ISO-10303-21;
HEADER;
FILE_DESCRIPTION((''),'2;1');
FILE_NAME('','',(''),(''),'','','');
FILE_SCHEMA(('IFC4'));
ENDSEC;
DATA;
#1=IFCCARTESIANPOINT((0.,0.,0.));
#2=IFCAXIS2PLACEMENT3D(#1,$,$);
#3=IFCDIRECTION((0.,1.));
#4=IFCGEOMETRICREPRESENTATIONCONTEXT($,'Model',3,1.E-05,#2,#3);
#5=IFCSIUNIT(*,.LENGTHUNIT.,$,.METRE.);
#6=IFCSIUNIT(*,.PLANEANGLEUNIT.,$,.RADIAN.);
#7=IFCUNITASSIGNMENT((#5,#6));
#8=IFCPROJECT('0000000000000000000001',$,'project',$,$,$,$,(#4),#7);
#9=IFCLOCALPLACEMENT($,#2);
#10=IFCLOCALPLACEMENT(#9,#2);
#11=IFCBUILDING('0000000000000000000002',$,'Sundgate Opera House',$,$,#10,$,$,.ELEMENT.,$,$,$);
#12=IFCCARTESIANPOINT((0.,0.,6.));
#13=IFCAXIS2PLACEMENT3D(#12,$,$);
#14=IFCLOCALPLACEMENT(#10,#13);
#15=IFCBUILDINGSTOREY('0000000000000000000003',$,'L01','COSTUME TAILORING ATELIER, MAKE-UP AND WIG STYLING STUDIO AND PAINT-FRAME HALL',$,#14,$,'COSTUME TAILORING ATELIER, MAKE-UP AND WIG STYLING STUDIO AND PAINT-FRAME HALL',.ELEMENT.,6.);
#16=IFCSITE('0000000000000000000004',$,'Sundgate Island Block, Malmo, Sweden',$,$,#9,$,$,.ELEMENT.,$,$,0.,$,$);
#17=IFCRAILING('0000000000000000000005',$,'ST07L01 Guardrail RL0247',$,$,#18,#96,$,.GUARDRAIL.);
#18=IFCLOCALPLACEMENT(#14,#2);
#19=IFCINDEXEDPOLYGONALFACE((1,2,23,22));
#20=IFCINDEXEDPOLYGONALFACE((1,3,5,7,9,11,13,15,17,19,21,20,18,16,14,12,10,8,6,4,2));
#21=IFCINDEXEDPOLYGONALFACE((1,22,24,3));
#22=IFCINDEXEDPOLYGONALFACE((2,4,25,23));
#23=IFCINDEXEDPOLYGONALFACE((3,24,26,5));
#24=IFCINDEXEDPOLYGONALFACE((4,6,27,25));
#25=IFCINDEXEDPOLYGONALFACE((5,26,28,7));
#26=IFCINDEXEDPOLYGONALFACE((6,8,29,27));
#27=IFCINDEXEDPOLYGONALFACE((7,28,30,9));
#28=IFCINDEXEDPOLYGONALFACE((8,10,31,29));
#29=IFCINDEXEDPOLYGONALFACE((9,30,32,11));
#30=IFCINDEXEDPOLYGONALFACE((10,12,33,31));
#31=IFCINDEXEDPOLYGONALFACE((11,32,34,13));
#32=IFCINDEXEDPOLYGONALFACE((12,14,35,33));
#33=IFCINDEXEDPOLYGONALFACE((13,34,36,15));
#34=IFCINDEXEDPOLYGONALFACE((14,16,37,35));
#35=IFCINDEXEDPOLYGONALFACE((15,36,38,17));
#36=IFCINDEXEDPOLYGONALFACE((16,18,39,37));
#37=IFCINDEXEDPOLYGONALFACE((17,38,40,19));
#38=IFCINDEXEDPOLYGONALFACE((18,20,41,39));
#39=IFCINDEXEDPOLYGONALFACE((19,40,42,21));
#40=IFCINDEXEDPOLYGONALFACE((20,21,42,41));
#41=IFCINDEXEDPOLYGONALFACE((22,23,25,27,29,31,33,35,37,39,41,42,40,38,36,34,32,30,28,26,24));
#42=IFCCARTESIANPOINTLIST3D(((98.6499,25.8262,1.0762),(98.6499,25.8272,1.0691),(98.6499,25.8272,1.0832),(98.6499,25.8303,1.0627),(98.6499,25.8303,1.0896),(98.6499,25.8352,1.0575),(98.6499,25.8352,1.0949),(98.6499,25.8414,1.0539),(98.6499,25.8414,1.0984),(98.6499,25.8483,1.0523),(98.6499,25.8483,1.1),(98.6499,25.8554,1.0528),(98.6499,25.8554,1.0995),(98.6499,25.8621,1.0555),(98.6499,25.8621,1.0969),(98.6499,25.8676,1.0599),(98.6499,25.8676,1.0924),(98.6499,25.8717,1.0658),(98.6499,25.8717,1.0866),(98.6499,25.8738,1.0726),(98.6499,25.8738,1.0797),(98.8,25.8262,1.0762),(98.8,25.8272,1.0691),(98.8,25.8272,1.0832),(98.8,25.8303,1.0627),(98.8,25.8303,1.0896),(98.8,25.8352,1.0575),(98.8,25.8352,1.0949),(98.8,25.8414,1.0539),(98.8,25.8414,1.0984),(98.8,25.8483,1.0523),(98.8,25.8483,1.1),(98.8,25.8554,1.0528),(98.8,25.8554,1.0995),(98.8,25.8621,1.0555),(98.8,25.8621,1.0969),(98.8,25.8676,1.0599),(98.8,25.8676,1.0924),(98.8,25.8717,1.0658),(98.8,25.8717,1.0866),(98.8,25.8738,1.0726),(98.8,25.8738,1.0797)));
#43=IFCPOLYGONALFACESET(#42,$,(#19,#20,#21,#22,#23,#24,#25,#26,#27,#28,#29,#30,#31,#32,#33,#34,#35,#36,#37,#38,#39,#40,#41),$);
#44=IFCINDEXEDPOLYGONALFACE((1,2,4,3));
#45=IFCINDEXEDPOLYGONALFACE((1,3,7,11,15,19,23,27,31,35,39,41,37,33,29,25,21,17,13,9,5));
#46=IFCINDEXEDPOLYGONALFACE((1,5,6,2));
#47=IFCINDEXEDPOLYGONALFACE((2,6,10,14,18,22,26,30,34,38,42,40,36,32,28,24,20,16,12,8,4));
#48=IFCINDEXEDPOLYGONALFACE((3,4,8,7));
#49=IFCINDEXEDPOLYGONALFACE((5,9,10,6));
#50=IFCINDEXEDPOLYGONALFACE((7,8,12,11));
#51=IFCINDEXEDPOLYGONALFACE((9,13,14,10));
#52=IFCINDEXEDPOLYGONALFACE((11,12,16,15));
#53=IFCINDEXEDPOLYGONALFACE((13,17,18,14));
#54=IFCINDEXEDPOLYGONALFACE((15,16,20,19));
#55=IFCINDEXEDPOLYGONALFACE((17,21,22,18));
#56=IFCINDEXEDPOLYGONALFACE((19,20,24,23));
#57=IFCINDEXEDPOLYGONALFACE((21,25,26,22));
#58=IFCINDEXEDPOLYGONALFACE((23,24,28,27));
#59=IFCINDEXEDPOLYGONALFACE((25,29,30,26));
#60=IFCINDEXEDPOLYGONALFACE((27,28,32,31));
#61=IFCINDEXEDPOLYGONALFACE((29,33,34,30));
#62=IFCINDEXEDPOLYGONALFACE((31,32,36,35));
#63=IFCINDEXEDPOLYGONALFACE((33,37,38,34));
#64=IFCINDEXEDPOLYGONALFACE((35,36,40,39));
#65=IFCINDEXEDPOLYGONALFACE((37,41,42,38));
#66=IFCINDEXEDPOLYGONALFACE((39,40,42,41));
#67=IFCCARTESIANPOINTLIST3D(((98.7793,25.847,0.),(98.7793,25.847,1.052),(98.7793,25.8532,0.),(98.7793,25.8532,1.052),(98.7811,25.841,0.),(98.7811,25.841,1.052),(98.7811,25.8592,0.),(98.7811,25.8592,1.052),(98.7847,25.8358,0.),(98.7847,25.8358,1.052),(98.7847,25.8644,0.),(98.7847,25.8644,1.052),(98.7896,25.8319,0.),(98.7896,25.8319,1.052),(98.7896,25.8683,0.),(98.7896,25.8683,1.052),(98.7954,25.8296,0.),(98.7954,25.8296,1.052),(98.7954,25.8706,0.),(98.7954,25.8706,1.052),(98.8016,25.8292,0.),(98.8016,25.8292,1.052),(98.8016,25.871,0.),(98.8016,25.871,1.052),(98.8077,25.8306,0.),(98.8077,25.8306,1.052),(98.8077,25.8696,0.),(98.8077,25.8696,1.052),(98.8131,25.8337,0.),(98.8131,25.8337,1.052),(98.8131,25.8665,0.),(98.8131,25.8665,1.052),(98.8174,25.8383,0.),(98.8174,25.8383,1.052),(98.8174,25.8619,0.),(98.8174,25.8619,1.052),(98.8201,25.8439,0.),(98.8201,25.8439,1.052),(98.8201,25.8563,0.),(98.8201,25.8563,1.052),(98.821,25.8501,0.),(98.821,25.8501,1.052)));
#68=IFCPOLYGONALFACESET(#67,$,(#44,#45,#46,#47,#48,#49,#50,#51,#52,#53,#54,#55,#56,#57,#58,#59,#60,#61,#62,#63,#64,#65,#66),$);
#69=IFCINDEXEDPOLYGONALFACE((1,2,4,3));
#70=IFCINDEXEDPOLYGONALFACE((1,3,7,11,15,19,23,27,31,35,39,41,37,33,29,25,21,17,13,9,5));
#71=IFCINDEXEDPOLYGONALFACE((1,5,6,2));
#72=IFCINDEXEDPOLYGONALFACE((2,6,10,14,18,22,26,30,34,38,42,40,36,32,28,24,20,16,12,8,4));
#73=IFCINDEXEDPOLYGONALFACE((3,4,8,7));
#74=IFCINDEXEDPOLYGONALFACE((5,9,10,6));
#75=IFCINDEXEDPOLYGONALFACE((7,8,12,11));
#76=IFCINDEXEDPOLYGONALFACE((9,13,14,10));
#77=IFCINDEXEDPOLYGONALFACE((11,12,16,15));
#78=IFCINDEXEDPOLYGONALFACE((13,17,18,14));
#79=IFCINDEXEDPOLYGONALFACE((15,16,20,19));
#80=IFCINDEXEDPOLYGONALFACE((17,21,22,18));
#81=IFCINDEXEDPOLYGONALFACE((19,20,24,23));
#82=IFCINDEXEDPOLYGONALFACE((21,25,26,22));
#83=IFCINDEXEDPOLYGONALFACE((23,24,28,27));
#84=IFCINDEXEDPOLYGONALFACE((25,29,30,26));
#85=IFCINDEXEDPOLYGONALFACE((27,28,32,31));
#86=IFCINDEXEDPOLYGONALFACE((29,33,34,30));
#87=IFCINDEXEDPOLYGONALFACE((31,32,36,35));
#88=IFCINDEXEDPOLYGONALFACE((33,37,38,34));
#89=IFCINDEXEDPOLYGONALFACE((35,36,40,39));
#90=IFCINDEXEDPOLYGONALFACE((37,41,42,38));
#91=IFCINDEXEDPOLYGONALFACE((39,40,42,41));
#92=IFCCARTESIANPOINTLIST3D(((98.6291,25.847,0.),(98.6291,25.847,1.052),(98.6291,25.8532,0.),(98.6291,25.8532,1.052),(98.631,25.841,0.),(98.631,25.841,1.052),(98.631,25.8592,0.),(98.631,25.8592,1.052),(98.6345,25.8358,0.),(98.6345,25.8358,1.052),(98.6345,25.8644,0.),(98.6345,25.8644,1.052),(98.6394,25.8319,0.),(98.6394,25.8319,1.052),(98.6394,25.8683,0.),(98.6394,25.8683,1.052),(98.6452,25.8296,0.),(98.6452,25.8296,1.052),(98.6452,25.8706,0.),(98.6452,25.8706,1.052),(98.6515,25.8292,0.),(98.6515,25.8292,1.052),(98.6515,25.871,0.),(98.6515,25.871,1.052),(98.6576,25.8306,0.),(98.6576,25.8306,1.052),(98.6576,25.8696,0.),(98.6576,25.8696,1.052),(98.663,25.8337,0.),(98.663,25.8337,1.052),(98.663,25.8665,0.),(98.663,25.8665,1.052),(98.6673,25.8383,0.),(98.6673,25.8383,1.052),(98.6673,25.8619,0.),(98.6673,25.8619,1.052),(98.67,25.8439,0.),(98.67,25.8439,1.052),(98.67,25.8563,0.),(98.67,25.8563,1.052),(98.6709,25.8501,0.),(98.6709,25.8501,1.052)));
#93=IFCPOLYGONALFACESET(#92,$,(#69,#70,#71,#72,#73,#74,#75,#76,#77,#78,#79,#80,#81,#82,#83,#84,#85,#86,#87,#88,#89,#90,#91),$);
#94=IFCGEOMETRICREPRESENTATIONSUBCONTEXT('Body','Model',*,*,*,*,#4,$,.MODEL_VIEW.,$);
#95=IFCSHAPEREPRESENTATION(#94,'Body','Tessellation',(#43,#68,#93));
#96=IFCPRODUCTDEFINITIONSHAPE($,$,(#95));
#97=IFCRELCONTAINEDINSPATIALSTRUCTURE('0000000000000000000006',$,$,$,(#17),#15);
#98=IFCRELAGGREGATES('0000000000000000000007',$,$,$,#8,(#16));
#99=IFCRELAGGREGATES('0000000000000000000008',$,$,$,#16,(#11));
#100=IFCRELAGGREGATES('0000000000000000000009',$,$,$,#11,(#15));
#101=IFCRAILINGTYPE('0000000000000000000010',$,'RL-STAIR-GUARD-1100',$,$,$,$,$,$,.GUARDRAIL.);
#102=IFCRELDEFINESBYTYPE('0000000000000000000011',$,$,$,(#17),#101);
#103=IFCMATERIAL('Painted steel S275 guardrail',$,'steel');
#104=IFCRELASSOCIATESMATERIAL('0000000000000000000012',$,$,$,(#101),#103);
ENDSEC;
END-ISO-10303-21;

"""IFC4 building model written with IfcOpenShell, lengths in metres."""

from ifc_helpers import new_model, si_unit, direction, frame, origin, origin_2d, place, context, subcontext, project, spatial, circle, extrude, material, type_object, element, save


model = new_model("IFC4")

# Units and contexts
model_context = context("Model", 3, precision=1e-05, world=origin(), true_north=direction((0.0, 1.0)))
body_context = subcontext(model_context, "Body", "Model", "MODEL_VIEW")
ifc_project = project(units=[si_unit("LENGTHUNIT", "METRE"), si_unit("PLANEANGLEUNIT", "RADIAN")], contexts=[model_context])

# Site, building, storey
site_placement = place(None, origin())
site = spatial("IfcSite", under=ifc_project, at=site_placement, Name="Sundgate Island Block, Malmo, Sweden", CompositionType="ELEMENT", RefElevation=0.0)
building_placement = place(site_placement, origin())
building = spatial("IfcBuilding", under=site, at=building_placement, Name="Sundgate Opera House", CompositionType="ELEMENT")
storey_placement = place(building_placement, frame((0.0, 0.0, 6.0)))
storey = spatial("IfcBuildingStorey", under=building, at=storey_placement, Name="L01", Description="COSTUME TAILORING ATELIER, MAKE-UP AND WIG STYLING STUDIO AND PAINT-FRAME HALL", LongName="COSTUME TAILORING ATELIER, MAKE-UP AND WIG STYLING STUDIO AND PAINT-FRAME HALL", CompositionType="ELEMENT", Elevation=6.0)

# Railing
ifc_material_1 = material(Name="Painted steel S275 guardrail", Category="steel")
railing_type_1 = type_object("IfcRailingType", Name="RL-STAIR-GUARD-1100", PredefinedType="GUARDRAIL", material=ifc_material_1)
railing_1_placement = place(storey_placement, frame((98.8, 25.8501, 0.0)))
element("IfcRailing", 1, at=railing_1_placement, inside=storey, type_object=railing_type_1, Name="ST07L01 Guardrail RL0247", PredefinedType="GUARDRAIL", context=body_context, shape_type="SweptSolid", body=[
    extrude(circle(Radius=0.0239, at=origin_2d()), frame((0.0, 0.0, 1.0762), z_axis=(-1.0, 0.0, 0.0), x_axis=(0.0, -1.0, 0.0)), (0.0, 0.0, 1.0), 0.1501),
    extrude(circle(Radius=0.021, at=origin_2d()), origin(), (0.0, 0.0, 1.0), 1.052),
    extrude(circle(Radius=0.021, at=origin_2d()), frame((-0.1501, 0.0, 0.0)), (0.0, 0.0, 1.0), 1.052),
])

save(model, "model.ifc")
